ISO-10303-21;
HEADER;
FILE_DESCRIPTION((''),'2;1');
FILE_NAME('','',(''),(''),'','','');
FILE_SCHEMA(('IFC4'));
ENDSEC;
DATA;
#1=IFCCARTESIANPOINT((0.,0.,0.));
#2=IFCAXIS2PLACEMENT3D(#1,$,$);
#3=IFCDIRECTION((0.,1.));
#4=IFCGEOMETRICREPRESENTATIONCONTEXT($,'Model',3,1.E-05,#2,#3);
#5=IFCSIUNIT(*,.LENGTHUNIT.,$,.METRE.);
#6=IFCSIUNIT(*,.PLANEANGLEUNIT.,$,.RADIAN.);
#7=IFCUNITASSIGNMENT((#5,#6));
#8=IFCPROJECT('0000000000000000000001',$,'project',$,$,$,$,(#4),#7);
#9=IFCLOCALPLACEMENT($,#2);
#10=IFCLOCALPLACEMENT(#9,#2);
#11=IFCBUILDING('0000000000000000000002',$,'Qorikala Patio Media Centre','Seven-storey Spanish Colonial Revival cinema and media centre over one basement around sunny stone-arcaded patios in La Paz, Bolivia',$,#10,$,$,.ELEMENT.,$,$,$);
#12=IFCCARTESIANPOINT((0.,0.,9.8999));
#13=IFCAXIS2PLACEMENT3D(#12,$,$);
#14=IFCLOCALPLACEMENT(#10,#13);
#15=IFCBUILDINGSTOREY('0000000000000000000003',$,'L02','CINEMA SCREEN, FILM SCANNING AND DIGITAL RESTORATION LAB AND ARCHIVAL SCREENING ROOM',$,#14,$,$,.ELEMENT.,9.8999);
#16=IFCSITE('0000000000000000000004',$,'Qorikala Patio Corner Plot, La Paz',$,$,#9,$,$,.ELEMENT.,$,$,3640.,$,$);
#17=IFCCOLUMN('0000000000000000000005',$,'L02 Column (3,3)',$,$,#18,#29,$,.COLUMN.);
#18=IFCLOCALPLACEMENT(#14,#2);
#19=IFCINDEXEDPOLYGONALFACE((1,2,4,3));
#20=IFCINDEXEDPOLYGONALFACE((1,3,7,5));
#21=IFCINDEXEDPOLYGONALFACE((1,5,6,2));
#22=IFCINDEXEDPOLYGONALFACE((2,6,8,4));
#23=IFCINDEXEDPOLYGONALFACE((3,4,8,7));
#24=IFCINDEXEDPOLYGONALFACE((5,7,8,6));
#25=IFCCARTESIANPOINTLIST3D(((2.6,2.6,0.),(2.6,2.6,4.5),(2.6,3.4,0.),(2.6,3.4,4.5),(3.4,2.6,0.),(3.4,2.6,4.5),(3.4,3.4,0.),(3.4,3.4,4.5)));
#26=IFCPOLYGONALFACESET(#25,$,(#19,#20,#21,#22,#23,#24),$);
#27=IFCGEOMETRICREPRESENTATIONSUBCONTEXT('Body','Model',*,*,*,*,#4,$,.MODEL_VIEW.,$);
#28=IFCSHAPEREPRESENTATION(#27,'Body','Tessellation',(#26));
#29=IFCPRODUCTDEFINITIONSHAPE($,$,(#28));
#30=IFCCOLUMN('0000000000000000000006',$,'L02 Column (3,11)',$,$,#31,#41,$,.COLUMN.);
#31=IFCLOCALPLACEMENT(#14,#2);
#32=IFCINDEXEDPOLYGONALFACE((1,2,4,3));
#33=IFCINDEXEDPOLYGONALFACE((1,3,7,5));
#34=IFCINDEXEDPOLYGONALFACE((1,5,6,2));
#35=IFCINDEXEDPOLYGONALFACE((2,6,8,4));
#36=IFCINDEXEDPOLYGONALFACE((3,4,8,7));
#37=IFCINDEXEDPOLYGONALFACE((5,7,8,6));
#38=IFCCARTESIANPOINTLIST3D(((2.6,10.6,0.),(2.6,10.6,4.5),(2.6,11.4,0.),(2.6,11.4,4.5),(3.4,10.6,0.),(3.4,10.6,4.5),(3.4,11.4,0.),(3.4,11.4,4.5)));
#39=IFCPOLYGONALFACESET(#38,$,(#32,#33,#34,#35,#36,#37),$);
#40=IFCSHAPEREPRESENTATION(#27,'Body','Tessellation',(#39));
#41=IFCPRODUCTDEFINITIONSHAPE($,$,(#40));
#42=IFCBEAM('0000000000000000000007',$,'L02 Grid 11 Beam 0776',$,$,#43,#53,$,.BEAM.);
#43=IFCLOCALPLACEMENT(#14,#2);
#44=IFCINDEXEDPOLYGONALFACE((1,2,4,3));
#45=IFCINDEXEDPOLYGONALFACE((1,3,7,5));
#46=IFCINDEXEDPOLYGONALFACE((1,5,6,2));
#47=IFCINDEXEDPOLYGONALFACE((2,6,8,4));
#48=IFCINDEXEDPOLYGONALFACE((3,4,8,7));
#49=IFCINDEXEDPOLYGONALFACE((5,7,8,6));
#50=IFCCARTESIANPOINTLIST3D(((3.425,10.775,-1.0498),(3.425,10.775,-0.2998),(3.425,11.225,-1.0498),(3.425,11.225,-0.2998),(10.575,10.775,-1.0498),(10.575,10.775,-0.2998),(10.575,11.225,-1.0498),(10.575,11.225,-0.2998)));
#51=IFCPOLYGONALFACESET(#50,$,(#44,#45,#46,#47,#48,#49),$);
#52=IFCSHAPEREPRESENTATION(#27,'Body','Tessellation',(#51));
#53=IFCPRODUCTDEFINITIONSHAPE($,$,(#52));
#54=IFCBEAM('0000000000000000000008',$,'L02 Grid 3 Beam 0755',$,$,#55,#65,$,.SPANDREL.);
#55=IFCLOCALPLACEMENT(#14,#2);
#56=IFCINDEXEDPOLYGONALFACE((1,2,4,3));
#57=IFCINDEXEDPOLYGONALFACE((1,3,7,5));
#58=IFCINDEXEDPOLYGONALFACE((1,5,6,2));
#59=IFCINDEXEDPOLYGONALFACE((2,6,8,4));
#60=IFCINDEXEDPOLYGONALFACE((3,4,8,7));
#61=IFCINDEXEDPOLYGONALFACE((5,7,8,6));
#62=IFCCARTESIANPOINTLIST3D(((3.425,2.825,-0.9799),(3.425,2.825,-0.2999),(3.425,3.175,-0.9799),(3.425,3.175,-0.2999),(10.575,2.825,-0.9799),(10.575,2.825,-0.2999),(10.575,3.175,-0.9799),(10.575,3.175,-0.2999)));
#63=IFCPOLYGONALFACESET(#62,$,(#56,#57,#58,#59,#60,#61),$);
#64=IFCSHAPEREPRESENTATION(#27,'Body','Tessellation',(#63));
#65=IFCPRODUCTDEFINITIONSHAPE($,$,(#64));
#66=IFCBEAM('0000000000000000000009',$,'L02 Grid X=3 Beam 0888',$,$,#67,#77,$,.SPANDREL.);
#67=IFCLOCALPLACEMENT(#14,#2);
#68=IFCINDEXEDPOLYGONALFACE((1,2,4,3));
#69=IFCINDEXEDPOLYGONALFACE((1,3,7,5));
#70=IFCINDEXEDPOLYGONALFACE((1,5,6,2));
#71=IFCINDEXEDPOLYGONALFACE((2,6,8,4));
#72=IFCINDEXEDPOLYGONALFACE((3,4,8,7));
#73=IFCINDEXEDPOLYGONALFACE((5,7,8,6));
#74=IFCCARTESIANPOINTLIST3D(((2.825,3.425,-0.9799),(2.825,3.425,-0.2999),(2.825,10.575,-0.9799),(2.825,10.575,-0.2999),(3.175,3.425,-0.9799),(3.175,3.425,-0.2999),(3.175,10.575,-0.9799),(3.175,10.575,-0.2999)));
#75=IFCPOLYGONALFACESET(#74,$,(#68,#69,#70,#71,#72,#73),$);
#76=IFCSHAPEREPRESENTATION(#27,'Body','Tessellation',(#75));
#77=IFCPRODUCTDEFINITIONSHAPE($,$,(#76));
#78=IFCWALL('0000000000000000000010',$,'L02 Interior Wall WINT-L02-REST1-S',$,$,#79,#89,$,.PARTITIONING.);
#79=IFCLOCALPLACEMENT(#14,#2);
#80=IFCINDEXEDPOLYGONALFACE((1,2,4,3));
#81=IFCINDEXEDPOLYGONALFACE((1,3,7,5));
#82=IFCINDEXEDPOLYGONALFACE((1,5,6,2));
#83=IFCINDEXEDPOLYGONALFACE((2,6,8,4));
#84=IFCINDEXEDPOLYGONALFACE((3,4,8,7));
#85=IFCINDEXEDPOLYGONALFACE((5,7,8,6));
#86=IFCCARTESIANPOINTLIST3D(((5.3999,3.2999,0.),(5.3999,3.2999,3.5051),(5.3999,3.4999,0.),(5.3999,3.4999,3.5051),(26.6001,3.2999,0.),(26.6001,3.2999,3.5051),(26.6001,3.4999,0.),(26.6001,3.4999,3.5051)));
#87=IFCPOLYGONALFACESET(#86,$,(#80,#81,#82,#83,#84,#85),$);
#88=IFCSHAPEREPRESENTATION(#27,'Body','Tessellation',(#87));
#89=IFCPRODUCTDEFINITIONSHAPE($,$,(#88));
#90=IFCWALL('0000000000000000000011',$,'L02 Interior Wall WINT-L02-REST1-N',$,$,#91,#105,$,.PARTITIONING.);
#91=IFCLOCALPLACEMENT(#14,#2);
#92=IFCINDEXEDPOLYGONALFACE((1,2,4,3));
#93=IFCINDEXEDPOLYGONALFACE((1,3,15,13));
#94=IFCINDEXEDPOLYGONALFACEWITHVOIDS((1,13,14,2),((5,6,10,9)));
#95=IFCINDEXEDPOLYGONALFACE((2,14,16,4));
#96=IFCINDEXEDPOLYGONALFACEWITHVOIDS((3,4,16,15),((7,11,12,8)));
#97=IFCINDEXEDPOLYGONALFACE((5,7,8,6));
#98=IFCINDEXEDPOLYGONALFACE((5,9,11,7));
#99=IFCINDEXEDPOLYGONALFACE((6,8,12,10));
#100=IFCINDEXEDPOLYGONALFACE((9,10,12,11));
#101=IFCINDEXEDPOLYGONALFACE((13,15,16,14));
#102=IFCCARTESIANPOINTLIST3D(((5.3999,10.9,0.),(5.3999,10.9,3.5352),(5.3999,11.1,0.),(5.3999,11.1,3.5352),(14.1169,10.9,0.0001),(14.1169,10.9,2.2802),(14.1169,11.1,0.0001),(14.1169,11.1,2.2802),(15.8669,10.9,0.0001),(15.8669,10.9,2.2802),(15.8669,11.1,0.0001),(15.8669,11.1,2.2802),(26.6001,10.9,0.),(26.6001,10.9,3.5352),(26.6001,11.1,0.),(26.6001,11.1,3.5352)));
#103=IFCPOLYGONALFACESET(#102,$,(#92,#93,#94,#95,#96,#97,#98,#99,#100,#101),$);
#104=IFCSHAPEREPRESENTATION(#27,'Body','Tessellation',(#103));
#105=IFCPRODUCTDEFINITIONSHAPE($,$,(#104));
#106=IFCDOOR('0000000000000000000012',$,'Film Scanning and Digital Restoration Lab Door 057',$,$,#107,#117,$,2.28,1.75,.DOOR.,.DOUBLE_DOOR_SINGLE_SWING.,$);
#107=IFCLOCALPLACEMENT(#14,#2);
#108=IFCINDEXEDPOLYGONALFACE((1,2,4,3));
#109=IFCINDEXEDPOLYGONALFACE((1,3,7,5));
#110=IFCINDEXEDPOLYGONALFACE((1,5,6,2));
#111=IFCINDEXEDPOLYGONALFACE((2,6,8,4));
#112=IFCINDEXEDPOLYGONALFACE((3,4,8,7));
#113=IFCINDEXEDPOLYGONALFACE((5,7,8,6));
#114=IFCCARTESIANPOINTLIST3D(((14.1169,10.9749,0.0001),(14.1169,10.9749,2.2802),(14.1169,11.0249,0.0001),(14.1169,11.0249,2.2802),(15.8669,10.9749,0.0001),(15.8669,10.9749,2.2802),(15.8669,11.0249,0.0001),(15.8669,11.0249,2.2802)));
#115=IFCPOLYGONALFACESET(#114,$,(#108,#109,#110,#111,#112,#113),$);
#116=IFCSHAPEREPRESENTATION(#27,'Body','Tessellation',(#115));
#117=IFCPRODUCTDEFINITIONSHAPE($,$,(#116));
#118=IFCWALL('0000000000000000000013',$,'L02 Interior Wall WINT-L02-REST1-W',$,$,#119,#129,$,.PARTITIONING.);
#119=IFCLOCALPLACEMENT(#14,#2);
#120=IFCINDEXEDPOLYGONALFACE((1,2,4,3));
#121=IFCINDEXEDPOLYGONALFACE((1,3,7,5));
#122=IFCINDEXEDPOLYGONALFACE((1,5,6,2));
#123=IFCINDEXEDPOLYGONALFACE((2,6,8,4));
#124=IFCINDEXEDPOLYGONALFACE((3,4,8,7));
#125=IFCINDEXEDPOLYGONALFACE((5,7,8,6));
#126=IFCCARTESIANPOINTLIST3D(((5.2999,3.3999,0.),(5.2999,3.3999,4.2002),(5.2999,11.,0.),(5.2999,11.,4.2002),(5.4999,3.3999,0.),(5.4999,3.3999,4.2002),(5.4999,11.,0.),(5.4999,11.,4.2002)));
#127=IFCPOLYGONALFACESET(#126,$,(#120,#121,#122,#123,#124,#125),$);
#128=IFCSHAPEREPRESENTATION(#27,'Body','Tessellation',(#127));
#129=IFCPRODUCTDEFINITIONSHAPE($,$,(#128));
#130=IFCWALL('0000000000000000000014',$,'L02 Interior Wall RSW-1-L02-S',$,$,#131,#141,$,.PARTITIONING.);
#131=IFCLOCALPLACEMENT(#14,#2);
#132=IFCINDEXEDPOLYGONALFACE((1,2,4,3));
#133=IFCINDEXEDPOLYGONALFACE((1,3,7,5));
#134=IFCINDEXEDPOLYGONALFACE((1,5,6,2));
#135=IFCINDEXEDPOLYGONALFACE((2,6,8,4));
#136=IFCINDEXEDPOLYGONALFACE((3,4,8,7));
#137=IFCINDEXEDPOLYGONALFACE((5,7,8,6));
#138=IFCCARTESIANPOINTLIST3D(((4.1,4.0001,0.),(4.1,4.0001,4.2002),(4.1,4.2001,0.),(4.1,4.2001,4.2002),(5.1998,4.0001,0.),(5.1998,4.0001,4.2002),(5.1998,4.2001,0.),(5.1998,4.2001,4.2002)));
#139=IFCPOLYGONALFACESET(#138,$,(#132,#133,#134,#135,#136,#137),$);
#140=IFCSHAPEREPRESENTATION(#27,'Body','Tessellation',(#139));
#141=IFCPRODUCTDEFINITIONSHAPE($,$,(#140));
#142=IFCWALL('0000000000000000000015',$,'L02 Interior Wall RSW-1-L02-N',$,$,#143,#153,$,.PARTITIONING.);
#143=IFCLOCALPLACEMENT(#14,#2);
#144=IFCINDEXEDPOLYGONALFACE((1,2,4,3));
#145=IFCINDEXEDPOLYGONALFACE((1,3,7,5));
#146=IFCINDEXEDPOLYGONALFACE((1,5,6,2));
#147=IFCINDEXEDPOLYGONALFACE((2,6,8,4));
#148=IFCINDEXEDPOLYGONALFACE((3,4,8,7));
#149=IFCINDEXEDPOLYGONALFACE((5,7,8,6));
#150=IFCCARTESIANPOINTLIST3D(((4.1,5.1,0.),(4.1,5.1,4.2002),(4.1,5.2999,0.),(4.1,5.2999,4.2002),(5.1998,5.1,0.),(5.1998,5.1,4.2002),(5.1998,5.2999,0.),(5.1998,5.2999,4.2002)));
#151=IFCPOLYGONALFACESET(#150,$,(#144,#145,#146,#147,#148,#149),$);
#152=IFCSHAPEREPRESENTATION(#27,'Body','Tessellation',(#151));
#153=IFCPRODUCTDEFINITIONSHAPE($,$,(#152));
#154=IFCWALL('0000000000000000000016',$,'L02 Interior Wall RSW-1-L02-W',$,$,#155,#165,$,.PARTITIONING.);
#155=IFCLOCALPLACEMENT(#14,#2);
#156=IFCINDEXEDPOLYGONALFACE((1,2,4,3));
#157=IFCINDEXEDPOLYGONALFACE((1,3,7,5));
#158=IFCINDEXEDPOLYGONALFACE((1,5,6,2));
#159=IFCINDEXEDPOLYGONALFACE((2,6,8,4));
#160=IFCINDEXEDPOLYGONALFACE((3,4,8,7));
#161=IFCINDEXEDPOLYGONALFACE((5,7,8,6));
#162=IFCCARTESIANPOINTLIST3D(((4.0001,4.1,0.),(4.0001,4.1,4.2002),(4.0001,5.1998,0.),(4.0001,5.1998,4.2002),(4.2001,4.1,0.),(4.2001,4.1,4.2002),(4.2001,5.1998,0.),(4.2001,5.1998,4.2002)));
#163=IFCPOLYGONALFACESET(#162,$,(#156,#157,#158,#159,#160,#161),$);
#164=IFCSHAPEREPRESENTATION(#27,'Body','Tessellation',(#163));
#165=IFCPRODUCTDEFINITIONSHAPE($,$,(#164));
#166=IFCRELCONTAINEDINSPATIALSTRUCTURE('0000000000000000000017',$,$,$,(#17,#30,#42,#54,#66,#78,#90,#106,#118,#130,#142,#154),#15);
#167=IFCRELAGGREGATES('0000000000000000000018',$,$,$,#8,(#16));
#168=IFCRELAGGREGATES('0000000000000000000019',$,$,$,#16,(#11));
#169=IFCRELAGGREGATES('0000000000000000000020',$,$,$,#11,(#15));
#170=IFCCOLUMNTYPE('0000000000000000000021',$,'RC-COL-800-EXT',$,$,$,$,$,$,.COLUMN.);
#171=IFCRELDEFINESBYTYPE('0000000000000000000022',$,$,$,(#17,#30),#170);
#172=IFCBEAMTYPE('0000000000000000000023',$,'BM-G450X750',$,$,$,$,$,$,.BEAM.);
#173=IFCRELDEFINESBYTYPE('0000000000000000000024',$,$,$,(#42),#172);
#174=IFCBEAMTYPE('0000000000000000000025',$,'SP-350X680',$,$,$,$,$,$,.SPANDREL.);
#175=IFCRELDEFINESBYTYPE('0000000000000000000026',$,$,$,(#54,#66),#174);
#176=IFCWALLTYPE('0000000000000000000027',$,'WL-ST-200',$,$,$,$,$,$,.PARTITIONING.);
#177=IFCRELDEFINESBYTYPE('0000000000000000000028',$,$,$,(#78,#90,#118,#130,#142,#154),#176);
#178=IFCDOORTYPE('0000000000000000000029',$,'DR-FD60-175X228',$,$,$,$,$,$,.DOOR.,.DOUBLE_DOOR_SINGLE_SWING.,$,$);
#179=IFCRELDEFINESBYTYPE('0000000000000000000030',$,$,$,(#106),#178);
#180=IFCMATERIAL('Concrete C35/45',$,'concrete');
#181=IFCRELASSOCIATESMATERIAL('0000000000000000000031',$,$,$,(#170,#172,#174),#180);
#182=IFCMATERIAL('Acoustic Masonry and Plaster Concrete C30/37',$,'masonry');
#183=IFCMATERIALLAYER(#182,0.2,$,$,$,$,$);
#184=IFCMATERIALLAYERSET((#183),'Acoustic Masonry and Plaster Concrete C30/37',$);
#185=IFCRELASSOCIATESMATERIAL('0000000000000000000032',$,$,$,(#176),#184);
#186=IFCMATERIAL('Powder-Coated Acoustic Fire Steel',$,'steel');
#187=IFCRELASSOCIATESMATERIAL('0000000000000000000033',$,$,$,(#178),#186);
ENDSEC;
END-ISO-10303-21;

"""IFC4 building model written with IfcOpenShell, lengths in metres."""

from ifc_helpers import new_model, si_unit, direction, frame, frame_2d, origin, origin_2d, place, context, subcontext, project, spatial, rectangle, extrude, material, layer, layer_set, material_profile, profile_set, type_object, element, fill, save


model = new_model("IFC4")

# Units and contexts
model_context = context("Model", 3, precision=1e-05, world=origin(), true_north=direction((0.0, 1.0)))
body_context = subcontext(model_context, "Body", "Model", "MODEL_VIEW")
ifc_project = project(units=[si_unit("LENGTHUNIT", "METRE"), si_unit("PLANEANGLEUNIT", "RADIAN")], contexts=[model_context])

# Site, building, storey
site_placement = place(None, origin())
site = spatial("IfcSite", under=ifc_project, at=site_placement, Name="Qorikala Patio Corner Plot, La Paz", CompositionType="ELEMENT", RefElevation=3640.0)
building_placement = place(site_placement, origin())
building = spatial("IfcBuilding", under=site, at=building_placement, Name="Qorikala Patio Media Centre", Description="Seven-storey Spanish Colonial Revival cinema and media centre over one basement around sunny stone-arcaded patios in La Paz, Bolivia", CompositionType="ELEMENT")
storey_placement = place(building_placement, frame((0.0, 0.0, 9.8999)))
storey = spatial("IfcBuildingStorey", under=building, at=storey_placement, Name="L02", Description="CINEMA SCREEN, FILM SCANNING AND DIGITAL RESTORATION LAB AND ARCHIVAL SCREENING ROOM", CompositionType="ELEMENT", Elevation=9.8999)

# Columns
ifc_material_1 = material(Name="Concrete C35/45", Category="concrete")
ifc_material_profile_1 = material_profile(ifc_material_1, rectangle(XDim=0.8, YDim=0.8, at=origin_2d()), Name="RC 800x800")
ifc_profile_set_1 = profile_set([ifc_material_profile_1], Name="Concrete C35/45")
column_type = type_object("IfcColumnType", Name="RC-COL-800-EXT", PredefinedType="COLUMN", material=ifc_profile_set_1)
for number, where, z_axis, x_axis, name in (
    (1, (3.0, 3.0, 0.0), (0.0, 0.0, 1.0), (1.0, 0.0, 0.0), "L02 Column (3,3)"),
    (2, (3.0, 11.0, 0.0), (0.0, 0.0, 1.0), (1.0, 0.0, 0.0), "L02 Column (3,11)"),
):
    element("IfcColumn", number, at=place(storey_placement, frame(where, z_axis=z_axis, x_axis=x_axis)), inside=storey, type_object=column_type, Name=name, PredefinedType="COLUMN", context=body_context, shape_type="SweptSolid", body=[
        extrude(rectangle(XDim=0.8, YDim=0.8, at=origin_2d()), origin(), (0.0, 0.0, 1.0), 4.5),
    ])

# Beams
ifc_material_profile_2 = material_profile(ifc_material_1, rectangle(XDim=0.45, YDim=0.75, at=origin_2d()), Name="RC 450x750")
ifc_profile_set_2 = profile_set([ifc_material_profile_2], Name="Concrete C35/45")
beam_type_1 = type_object("IfcBeamType", Name="BM-G450X750", PredefinedType="BEAM", material=ifc_profile_set_2)
beam_placement = place(storey_placement, frame((3.425, 11.0, -0.6748), z_axis=(1.0, 0.0, 0.0), x_axis=(0.0, 1.0, 0.0)))
element("IfcBeam", 3, at=beam_placement, inside=storey, type_object=beam_type_1, Name="L02 Grid 11 Beam 0776", PredefinedType="BEAM", context=body_context, shape_type="SweptSolid", body=[
    extrude(rectangle(XDim=0.45, YDim=0.75, at=origin_2d()), origin(), (0.0, 0.0, 1.0), 7.1499),
])
ifc_material_profile_3 = material_profile(ifc_material_1, rectangle(XDim=0.3501, YDim=0.6799, at=origin_2d()), Name="RC 350x680")
ifc_profile_set_3 = profile_set([ifc_material_profile_3], Name="Concrete C35/45")
beam_type_2 = type_object("IfcBeamType", Name="SP-350X680", PredefinedType="SPANDREL", material=ifc_profile_set_3)
for number, where, z_axis, x_axis, name in (
    (4, (3.425, 3.0, -0.6399), (1.0, 0.0, 0.0), (0.0, 1.0, 0.0), "L02 Grid 3 Beam 0755"),
    (5, (3.0, 3.425, -0.6399), (0.0, 1.0, 0.0), (-1.0, 0.0, 0.0), "L02 Grid X=3 Beam 0888"),
):
    element("IfcBeam", number, at=place(storey_placement, frame(where, z_axis=z_axis, x_axis=x_axis)), inside=storey, type_object=beam_type_2, Name=name, PredefinedType="SPANDREL", context=body_context, shape_type="SweptSolid", body=[
        extrude(rectangle(XDim=0.3501, YDim=0.6799, at=origin_2d()), origin(), (0.0, 0.0, 1.0), 7.1499),
    ])

# Wall
ifc_material_2 = material(Name="Acoustic Masonry and Plaster Concrete C30/37", Category="masonry")
ifc_layer_1 = layer(ifc_material_2, 0.2)
ifc_layer_set_1 = layer_set([ifc_layer_1], Name="Acoustic Masonry and Plaster Concrete C30/37")
wall_type_1 = type_object("IfcWallType", Name="WL-ST-200", PredefinedType="PARTITIONING", material=ifc_layer_set_1)
wall_1_placement = place(storey_placement, frame((5.3999, 3.3999, 0.0), z_axis=(0.0, 0.0, 1.0), x_axis=(1.0, 0.0, 0.0)))
element("IfcWall", 6, at=wall_1_placement, inside=storey, type_object=wall_type_1, Name="L02 Interior Wall WINT-L02-REST1-S", PredefinedType="PARTITIONING", context=body_context, shape_type="SweptSolid", body=[
    extrude(rectangle(XDim=21.2002, YDim=0.2, at=frame_2d((10.6001, 0.0))), origin(), (0.0, 0.0, 1.0), 3.5051),
])

# Wall, opening, door
wall_2_placement = place(storey_placement, frame((5.3999, 11.0, 0.0), z_axis=(0.0, 0.0, 1.0), x_axis=(1.0, 0.0, 0.0)))
wall_2 = element("IfcWall", 7, at=wall_2_placement, inside=storey, type_object=wall_type_1, Name="L02 Interior Wall WINT-L02-REST1-N", PredefinedType="PARTITIONING", context=body_context, shape_type="SweptSolid", body=[
    extrude(rectangle(XDim=21.2002, YDim=0.2, at=frame_2d((10.6001, 0.0))), origin(), (0.0, 0.0, 1.0), 3.5352),
])
opening_1_placement = place(wall_2_placement, frame((8.717, 0.0, 0.0)))
opening_1 = element("IfcOpeningElement", 8, at=opening_1_placement, cuts=wall_2, PredefinedType="OPENING", context=body_context, shape_type="SweptSolid", body=[
    extrude(rectangle(XDim=1.75, YDim=2.28, at=frame_2d((0.875, 1.1401))), frame((0.0, 0.1099, 0.0), z_axis=(0.0, -1.0, 0.0), x_axis=(1.0, 0.0, 0.0)), (0.0, 0.0, 1.0), 0.22),
])
ifc_material_3 = material(Name="Powder-Coated Acoustic Fire Steel", Category="steel")
door_type = type_object("IfcDoorType", Name="DR-FD60-175X228", OperationType="DOUBLE_DOOR_SINGLE_SWING", PredefinedType="DOOR", material=ifc_material_3)
door_placement = place(opening_1_placement, origin())
door = element("IfcDoor", 9, at=door_placement, inside=storey, type_object=door_type, Name="Film Scanning and Digital Restoration Lab Door 057", OperationType="DOUBLE_DOOR_SINGLE_SWING", OverallHeight=2.28, OverallWidth=1.75, PredefinedType="DOOR", context=body_context, shape_type="SweptSolid", body=[
    extrude(rectangle(XDim=1.75, YDim=2.28, at=frame_2d((0.875, 1.1401))), frame((0.0, 0.0249, 0.0), z_axis=(0.0, -1.0, 0.0), x_axis=(1.0, 0.0, 0.0)), (0.0, 0.0, 1.0), 0.05),
])
fill(opening_1, door)

# Walls
wall_3_placement = place(storey_placement, frame((5.3999, 3.3999, 0.0), z_axis=(0.0, 0.0, 1.0), x_axis=(0.0, 1.0, 0.0)))
element("IfcWall", 10, at=wall_3_placement, inside=storey, type_object=wall_type_1, Name="L02 Interior Wall WINT-L02-REST1-W", PredefinedType="PARTITIONING", context=body_context, shape_type="SweptSolid", body=[
    extrude(rectangle(XDim=7.6001, YDim=0.2, at=frame_2d((3.8, 0.0))), origin(), (0.0, 0.0, 1.0), 4.2002),
])
for number, where, z_axis, x_axis, name in (
    (11, (4.1001, 4.1001, 0.0), (0.0, 0.0, 1.0), (1.0, 0.0, 0.0), "L02 Interior Wall RSW-1-L02-S"),
    (12, (4.1001, 5.2, 0.0), (0.0, 0.0, 1.0), (1.0, 0.0, 0.0), "L02 Interior Wall RSW-1-L02-N"),
    (13, (4.1001, 4.1001, 0.0), (0.0, 0.0, 1.0), (0.0, 1.0, 0.0), "L02 Interior Wall RSW-1-L02-W"),
):
    element("IfcWall", number, at=place(storey_placement, frame(where, z_axis=z_axis, x_axis=x_axis)), inside=storey, type_object=wall_type_1, Name=name, PredefinedType="PARTITIONING", context=body_context, shape_type="SweptSolid", body=[
        extrude(rectangle(XDim=1.0999, YDim=0.2, at=frame_2d((0.5498, 0.0))), origin(), (0.0, 0.0, 1.0), 4.2002),
    ])

save(model, "model.ifc")
